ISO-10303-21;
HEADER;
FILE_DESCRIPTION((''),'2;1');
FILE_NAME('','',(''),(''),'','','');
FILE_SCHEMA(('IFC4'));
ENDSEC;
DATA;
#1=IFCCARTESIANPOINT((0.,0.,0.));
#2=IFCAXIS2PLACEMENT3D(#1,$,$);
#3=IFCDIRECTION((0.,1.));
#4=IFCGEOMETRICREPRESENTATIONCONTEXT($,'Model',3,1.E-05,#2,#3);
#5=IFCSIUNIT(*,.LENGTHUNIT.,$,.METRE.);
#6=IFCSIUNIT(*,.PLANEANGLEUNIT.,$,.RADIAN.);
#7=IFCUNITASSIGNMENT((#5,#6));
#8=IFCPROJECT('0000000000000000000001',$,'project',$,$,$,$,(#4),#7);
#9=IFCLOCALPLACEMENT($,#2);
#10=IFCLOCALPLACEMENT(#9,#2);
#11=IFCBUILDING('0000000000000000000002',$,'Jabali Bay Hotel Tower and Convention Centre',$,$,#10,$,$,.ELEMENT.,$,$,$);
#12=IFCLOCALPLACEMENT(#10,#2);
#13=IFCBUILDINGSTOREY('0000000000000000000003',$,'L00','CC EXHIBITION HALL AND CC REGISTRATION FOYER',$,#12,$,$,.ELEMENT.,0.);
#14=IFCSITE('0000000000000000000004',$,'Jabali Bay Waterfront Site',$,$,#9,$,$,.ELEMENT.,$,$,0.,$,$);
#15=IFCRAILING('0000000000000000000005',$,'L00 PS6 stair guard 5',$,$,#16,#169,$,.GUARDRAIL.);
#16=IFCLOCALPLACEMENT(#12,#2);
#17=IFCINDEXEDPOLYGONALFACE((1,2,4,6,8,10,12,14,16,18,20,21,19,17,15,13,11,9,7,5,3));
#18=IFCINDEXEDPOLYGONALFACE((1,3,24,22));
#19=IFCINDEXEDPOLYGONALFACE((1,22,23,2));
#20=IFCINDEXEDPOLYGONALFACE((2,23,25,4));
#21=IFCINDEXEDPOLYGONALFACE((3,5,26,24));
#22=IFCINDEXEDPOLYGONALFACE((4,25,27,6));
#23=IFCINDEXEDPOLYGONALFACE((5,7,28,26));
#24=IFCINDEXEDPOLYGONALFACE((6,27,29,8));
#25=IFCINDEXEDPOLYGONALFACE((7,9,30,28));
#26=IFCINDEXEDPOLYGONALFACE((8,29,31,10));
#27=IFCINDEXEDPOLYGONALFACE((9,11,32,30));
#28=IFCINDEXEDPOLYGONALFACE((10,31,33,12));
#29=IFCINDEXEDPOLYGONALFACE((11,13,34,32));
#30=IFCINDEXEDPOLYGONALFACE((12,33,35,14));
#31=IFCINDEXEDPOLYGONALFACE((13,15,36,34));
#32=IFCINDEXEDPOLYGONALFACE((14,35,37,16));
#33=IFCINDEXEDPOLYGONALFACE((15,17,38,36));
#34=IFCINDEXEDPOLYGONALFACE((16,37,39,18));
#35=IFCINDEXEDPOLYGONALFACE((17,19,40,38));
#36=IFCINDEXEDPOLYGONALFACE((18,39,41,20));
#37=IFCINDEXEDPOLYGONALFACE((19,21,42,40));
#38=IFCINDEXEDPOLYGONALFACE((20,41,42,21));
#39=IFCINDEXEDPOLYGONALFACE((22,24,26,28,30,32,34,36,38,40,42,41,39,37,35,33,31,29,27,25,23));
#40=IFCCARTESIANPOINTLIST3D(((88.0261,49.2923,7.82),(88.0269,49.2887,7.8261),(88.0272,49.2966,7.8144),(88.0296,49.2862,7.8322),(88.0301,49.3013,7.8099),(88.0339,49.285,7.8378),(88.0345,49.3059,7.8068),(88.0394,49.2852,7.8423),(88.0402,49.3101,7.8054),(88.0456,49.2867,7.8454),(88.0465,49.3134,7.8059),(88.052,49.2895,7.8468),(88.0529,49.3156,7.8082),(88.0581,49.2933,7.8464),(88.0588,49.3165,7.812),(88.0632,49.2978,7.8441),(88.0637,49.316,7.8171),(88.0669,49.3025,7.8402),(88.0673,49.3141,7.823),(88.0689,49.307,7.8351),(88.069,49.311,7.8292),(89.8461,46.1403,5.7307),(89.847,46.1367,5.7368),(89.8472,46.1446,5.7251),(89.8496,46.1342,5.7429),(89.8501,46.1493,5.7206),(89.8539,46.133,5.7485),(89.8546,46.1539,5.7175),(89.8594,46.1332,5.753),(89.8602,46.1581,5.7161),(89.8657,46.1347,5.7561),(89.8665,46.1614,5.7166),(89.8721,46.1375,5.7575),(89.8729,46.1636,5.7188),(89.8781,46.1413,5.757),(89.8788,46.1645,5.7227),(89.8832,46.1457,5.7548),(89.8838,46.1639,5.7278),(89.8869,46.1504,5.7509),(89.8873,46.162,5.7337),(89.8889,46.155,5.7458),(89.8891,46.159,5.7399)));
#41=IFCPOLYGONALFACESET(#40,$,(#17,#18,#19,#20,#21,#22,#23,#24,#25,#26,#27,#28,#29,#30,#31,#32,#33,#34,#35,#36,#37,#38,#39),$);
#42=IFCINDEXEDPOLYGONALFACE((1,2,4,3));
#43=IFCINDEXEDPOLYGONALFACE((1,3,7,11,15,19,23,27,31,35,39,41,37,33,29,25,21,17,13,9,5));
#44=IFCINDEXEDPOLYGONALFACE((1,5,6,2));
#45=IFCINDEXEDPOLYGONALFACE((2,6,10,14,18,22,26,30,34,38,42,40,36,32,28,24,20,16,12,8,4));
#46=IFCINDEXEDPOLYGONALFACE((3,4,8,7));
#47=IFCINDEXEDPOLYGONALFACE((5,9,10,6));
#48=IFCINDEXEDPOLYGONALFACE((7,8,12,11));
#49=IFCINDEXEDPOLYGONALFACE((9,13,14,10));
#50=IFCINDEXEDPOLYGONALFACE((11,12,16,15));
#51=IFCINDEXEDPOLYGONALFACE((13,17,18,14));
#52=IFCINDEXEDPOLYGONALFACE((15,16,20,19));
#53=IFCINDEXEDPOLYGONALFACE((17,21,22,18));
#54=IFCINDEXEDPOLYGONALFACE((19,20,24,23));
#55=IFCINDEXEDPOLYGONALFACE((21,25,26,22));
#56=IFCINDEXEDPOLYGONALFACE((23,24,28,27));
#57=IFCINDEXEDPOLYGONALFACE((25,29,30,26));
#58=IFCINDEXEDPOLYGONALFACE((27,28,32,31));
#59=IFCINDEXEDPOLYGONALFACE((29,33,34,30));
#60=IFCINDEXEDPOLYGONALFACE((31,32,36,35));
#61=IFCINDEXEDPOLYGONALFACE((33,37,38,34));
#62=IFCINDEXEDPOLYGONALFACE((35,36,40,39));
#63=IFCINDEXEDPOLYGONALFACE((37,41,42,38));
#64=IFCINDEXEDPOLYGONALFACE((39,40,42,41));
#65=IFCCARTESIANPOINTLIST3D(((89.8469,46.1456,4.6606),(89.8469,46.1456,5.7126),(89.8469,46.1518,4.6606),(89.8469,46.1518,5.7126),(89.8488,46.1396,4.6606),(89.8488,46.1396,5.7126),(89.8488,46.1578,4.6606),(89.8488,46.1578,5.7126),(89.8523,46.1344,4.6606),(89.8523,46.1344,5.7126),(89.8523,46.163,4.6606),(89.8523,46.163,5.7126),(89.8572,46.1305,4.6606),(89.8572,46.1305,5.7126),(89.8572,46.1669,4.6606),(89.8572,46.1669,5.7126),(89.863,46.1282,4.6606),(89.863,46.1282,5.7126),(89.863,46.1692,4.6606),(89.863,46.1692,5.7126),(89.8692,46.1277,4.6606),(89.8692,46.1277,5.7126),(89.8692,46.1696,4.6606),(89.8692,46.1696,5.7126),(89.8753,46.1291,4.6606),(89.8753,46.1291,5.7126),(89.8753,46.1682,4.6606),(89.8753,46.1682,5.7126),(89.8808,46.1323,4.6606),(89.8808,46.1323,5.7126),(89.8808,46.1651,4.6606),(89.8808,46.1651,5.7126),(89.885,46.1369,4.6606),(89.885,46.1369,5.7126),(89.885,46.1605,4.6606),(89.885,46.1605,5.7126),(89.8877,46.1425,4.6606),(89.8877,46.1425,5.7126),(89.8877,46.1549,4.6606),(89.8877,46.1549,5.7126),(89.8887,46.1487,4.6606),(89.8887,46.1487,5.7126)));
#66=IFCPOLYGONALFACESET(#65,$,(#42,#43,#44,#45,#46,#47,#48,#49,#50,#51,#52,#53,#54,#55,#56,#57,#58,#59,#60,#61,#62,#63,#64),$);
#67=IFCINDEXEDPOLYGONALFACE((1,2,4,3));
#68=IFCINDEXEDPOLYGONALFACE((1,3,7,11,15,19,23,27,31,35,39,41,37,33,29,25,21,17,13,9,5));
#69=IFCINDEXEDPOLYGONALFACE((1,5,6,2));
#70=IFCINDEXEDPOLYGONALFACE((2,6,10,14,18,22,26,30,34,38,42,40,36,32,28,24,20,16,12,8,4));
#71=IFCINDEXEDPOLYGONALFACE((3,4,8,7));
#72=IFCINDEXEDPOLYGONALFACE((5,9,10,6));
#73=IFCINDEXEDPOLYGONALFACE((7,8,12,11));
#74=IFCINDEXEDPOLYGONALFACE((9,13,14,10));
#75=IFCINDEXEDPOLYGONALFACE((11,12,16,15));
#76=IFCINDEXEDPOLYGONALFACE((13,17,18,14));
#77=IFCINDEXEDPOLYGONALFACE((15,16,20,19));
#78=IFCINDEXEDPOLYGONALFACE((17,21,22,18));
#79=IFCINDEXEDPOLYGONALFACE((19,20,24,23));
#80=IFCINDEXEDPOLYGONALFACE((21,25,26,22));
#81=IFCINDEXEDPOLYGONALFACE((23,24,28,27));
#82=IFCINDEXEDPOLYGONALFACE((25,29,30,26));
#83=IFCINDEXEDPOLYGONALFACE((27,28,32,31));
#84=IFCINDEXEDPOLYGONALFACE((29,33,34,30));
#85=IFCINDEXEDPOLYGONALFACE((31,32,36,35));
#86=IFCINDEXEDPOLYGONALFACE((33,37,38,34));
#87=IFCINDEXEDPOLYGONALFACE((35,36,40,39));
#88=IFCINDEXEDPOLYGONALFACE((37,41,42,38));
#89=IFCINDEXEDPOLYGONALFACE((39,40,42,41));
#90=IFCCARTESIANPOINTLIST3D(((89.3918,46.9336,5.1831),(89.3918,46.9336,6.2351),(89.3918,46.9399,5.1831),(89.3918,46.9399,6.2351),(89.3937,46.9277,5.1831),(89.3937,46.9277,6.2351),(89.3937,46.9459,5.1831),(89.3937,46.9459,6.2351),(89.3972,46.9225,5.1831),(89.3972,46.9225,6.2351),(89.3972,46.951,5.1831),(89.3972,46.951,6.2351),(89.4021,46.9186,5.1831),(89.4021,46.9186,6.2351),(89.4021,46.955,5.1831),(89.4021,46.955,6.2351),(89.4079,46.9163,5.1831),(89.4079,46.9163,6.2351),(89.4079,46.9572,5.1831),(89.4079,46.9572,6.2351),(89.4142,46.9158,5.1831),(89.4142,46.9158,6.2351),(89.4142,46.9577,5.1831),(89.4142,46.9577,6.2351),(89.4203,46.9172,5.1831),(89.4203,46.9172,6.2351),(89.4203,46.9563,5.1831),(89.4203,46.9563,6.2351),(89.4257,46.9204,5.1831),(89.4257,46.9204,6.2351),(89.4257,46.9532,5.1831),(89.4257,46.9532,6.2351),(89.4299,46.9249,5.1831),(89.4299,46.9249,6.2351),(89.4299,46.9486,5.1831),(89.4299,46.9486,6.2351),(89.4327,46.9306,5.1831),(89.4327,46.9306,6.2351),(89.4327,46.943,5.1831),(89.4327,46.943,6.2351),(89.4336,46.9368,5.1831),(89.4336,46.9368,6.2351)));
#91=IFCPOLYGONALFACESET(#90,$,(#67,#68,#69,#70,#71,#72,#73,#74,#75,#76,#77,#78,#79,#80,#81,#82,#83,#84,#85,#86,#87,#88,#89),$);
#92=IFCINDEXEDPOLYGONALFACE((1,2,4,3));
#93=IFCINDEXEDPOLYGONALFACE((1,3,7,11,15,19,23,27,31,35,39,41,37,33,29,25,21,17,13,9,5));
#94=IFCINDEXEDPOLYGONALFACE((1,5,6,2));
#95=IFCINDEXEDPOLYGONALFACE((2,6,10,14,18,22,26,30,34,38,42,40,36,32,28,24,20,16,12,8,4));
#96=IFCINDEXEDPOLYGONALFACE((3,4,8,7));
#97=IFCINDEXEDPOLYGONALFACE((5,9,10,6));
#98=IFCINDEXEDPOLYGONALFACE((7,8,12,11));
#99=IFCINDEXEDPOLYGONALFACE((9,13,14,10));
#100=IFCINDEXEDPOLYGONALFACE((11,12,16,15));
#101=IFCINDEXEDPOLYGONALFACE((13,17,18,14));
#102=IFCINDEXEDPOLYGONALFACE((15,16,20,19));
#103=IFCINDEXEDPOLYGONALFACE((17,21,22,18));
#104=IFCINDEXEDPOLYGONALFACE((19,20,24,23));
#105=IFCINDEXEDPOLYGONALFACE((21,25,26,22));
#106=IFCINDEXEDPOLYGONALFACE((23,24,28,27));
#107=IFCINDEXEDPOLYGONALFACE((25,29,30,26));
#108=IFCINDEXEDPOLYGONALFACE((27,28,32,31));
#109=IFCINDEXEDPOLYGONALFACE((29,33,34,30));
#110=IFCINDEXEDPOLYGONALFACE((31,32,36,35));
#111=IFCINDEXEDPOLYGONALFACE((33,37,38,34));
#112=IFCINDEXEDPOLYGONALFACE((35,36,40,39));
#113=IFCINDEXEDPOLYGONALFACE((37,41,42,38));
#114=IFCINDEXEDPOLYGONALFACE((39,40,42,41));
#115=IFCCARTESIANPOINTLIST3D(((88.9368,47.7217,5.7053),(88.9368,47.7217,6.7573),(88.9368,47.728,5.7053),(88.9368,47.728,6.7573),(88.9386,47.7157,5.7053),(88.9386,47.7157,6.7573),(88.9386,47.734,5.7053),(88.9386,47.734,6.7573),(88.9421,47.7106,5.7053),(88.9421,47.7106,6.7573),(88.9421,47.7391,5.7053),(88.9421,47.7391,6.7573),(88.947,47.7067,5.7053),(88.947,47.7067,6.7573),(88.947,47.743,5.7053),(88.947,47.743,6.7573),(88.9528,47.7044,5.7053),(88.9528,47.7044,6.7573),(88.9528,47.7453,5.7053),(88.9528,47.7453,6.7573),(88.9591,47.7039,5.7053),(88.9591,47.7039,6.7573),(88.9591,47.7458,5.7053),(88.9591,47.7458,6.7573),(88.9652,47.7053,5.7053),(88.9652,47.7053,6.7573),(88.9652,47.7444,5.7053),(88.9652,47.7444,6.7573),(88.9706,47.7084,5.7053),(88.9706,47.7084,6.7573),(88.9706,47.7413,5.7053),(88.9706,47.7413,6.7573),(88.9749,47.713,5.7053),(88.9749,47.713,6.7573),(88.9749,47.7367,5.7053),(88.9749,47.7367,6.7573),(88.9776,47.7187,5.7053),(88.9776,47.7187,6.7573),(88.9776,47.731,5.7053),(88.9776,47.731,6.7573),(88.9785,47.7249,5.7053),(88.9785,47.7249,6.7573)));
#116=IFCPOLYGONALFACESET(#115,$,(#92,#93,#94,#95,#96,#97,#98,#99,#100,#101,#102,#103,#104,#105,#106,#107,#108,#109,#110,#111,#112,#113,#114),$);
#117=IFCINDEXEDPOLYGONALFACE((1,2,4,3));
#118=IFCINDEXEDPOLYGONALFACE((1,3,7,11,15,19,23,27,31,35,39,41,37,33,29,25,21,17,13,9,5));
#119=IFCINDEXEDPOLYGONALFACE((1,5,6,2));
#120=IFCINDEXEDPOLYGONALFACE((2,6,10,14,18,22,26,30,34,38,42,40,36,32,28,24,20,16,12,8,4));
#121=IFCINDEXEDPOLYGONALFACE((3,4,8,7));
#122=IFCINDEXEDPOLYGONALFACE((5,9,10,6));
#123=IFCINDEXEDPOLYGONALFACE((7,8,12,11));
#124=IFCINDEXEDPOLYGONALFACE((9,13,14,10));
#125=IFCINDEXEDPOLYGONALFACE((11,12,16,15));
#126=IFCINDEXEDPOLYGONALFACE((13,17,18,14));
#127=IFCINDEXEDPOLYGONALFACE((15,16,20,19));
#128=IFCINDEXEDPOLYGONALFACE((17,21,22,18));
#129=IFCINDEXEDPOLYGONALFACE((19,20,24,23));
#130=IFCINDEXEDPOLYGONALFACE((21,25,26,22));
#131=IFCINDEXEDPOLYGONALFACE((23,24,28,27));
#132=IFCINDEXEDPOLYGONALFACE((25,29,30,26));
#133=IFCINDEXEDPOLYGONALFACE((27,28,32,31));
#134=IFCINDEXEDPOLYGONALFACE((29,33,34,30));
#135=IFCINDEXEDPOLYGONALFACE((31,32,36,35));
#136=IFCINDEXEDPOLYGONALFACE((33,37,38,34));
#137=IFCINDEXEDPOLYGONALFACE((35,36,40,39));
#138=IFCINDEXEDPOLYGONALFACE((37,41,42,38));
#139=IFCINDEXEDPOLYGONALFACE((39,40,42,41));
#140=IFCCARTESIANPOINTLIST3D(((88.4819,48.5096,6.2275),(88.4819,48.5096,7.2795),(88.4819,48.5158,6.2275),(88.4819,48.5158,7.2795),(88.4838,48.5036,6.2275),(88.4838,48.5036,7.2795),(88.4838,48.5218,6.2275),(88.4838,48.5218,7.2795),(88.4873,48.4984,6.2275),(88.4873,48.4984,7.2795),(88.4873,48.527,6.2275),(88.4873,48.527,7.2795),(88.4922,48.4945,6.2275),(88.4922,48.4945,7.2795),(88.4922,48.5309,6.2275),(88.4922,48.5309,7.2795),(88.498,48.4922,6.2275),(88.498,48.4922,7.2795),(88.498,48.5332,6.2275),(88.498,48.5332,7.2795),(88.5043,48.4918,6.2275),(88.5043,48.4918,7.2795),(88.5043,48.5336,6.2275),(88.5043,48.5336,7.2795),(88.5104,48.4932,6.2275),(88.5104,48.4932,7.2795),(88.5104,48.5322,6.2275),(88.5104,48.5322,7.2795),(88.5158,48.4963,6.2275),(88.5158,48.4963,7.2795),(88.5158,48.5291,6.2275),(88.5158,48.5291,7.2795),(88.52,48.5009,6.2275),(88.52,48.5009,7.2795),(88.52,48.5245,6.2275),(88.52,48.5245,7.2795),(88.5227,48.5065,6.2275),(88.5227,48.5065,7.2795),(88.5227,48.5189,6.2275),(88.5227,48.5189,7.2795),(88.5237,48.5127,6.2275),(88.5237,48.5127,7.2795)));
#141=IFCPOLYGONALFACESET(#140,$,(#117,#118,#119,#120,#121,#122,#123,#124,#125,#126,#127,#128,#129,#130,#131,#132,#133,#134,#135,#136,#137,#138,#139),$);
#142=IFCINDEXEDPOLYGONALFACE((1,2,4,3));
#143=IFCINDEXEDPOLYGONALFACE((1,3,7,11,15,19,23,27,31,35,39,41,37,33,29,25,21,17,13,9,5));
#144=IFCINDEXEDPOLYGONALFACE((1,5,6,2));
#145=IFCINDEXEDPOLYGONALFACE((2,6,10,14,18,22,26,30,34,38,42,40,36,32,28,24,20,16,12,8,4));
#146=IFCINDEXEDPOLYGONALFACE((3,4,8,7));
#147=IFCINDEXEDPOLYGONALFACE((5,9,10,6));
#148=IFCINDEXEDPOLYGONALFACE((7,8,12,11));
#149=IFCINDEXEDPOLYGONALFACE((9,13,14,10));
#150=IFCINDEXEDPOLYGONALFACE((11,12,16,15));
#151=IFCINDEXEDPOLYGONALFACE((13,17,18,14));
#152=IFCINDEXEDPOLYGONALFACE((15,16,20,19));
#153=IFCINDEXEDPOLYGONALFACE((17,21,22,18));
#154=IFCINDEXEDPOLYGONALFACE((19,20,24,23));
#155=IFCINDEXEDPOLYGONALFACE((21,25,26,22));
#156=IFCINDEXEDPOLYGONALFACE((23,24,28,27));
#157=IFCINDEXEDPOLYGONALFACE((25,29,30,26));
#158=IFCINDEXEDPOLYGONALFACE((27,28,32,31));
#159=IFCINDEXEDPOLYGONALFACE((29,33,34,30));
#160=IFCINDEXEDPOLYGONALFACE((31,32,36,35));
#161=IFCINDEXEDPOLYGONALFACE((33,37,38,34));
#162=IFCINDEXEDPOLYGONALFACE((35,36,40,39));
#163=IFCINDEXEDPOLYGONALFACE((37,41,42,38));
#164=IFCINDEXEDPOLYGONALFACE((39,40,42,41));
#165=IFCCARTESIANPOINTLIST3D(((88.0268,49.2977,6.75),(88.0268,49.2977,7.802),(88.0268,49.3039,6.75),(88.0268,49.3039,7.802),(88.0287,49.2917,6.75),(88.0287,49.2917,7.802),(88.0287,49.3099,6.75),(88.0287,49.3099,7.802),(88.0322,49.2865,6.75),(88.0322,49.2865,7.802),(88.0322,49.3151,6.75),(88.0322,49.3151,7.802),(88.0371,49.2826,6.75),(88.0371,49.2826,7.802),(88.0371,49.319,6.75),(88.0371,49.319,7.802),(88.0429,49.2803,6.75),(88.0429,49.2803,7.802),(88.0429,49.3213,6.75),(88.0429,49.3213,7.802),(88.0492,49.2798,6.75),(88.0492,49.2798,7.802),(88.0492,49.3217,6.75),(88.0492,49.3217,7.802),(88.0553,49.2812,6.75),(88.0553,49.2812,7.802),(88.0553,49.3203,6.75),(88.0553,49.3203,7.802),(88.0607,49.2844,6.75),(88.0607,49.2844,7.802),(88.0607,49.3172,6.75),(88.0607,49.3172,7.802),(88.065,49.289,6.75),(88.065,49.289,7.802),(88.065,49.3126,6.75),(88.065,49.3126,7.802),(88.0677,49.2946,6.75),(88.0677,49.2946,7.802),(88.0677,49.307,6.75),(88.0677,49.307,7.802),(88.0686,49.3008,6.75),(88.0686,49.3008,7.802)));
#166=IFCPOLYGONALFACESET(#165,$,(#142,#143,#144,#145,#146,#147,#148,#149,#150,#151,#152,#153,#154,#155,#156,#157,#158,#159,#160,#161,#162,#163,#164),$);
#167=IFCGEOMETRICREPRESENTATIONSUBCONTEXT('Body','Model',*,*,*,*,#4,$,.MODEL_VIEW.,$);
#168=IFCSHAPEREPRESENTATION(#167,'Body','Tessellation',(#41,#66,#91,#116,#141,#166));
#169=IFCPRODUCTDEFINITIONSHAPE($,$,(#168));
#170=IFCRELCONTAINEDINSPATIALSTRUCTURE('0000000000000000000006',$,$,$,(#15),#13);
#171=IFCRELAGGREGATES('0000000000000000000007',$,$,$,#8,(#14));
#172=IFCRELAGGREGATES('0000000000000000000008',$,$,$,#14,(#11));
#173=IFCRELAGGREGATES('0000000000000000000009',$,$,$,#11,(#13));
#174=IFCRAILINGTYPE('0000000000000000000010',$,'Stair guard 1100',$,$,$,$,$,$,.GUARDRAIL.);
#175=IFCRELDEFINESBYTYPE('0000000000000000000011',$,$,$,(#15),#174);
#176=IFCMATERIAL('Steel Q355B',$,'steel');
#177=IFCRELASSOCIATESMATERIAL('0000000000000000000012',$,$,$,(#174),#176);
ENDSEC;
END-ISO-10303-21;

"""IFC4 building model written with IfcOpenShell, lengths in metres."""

from ifc_helpers import new_model, si_unit, direction, frame, origin, origin_2d, place, context, subcontext, project, spatial, circle, extrude, material, type_object, element, save


model = new_model("IFC4")

# Units and contexts
model_context = context("Model", 3, precision=1e-05, world=origin(), true_north=direction((0.0, 1.0)))
body_context = subcontext(model_context, "Body", "Model", "MODEL_VIEW")
ifc_project = project(units=[si_unit("LENGTHUNIT", "METRE"), si_unit("PLANEANGLEUNIT", "RADIAN")], contexts=[model_context])

# Site, building, storey
site_placement = place(None, origin())
site = spatial("IfcSite", under=ifc_project, at=site_placement, Name="Jabali Bay Waterfront Site", CompositionType="ELEMENT", RefElevation=0.0)
building_placement = place(site_placement, origin())
building = spatial("IfcBuilding", under=site, at=building_placement, Name="Jabali Bay Hotel Tower and Convention Centre", CompositionType="ELEMENT")
storey_placement = place(building_placement, origin())
storey = spatial("IfcBuildingStorey", under=building, at=storey_placement, Name="L00", Description="CC EXHIBITION HALL AND CC REGISTRATION FOYER", CompositionType="ELEMENT", Elevation=0.0)

# Railing
ifc_material_1 = material(Name="Steel Q355B", Category="steel")
railing_type_1 = type_object("IfcRailingType", Name="Stair guard 1100", PredefinedType="GUARDRAIL", material=ifc_material_1)
railing_1_placement = place(storey_placement, frame((89.8677, 46.1487, 4.6606)))
element("IfcRailing", 1, at=railing_1_placement, inside=storey, type_object=railing_type_1, Name="L00 PS6 stair guard 5", PredefinedType="GUARDRAIL", context=body_context, shape_type="SweptSolid", body=[
    extrude(circle(Radius=0.0239, at=origin_2d()), frame((0.0, 0.0, 1.0762), z_axis=(-0.433672, 0.751058, 0.497836), x_axis=(-0.866001, -0.500042, 0.0)), (0.0, 0.0, 1.0), 4.1968),
    extrude(circle(Radius=0.021, at=origin_2d()), origin(), (0.0, 0.0, 1.0), 1.052),
    extrude(circle(Radius=0.021, at=origin_2d()), frame((-0.4551, 0.7881, 0.5225)), (0.0, 0.0, 1.0), 1.052),
    extrude(circle(Radius=0.021, at=origin_2d()), frame((-0.9102, 1.5762, 1.0447)), (0.0, 0.0, 1.0), 1.052),
    extrude(circle(Radius=0.021, at=origin_2d()), frame((-1.365, 2.364, 1.5669)), (0.0, 0.0, 1.0), 1.052),
    extrude(circle(Radius=0.021, at=origin_2d()), frame((-1.8201, 3.1521, 2.0894)), (0.0, 0.0, 1.0), 1.052),
])

save(model, "model.ifc")
